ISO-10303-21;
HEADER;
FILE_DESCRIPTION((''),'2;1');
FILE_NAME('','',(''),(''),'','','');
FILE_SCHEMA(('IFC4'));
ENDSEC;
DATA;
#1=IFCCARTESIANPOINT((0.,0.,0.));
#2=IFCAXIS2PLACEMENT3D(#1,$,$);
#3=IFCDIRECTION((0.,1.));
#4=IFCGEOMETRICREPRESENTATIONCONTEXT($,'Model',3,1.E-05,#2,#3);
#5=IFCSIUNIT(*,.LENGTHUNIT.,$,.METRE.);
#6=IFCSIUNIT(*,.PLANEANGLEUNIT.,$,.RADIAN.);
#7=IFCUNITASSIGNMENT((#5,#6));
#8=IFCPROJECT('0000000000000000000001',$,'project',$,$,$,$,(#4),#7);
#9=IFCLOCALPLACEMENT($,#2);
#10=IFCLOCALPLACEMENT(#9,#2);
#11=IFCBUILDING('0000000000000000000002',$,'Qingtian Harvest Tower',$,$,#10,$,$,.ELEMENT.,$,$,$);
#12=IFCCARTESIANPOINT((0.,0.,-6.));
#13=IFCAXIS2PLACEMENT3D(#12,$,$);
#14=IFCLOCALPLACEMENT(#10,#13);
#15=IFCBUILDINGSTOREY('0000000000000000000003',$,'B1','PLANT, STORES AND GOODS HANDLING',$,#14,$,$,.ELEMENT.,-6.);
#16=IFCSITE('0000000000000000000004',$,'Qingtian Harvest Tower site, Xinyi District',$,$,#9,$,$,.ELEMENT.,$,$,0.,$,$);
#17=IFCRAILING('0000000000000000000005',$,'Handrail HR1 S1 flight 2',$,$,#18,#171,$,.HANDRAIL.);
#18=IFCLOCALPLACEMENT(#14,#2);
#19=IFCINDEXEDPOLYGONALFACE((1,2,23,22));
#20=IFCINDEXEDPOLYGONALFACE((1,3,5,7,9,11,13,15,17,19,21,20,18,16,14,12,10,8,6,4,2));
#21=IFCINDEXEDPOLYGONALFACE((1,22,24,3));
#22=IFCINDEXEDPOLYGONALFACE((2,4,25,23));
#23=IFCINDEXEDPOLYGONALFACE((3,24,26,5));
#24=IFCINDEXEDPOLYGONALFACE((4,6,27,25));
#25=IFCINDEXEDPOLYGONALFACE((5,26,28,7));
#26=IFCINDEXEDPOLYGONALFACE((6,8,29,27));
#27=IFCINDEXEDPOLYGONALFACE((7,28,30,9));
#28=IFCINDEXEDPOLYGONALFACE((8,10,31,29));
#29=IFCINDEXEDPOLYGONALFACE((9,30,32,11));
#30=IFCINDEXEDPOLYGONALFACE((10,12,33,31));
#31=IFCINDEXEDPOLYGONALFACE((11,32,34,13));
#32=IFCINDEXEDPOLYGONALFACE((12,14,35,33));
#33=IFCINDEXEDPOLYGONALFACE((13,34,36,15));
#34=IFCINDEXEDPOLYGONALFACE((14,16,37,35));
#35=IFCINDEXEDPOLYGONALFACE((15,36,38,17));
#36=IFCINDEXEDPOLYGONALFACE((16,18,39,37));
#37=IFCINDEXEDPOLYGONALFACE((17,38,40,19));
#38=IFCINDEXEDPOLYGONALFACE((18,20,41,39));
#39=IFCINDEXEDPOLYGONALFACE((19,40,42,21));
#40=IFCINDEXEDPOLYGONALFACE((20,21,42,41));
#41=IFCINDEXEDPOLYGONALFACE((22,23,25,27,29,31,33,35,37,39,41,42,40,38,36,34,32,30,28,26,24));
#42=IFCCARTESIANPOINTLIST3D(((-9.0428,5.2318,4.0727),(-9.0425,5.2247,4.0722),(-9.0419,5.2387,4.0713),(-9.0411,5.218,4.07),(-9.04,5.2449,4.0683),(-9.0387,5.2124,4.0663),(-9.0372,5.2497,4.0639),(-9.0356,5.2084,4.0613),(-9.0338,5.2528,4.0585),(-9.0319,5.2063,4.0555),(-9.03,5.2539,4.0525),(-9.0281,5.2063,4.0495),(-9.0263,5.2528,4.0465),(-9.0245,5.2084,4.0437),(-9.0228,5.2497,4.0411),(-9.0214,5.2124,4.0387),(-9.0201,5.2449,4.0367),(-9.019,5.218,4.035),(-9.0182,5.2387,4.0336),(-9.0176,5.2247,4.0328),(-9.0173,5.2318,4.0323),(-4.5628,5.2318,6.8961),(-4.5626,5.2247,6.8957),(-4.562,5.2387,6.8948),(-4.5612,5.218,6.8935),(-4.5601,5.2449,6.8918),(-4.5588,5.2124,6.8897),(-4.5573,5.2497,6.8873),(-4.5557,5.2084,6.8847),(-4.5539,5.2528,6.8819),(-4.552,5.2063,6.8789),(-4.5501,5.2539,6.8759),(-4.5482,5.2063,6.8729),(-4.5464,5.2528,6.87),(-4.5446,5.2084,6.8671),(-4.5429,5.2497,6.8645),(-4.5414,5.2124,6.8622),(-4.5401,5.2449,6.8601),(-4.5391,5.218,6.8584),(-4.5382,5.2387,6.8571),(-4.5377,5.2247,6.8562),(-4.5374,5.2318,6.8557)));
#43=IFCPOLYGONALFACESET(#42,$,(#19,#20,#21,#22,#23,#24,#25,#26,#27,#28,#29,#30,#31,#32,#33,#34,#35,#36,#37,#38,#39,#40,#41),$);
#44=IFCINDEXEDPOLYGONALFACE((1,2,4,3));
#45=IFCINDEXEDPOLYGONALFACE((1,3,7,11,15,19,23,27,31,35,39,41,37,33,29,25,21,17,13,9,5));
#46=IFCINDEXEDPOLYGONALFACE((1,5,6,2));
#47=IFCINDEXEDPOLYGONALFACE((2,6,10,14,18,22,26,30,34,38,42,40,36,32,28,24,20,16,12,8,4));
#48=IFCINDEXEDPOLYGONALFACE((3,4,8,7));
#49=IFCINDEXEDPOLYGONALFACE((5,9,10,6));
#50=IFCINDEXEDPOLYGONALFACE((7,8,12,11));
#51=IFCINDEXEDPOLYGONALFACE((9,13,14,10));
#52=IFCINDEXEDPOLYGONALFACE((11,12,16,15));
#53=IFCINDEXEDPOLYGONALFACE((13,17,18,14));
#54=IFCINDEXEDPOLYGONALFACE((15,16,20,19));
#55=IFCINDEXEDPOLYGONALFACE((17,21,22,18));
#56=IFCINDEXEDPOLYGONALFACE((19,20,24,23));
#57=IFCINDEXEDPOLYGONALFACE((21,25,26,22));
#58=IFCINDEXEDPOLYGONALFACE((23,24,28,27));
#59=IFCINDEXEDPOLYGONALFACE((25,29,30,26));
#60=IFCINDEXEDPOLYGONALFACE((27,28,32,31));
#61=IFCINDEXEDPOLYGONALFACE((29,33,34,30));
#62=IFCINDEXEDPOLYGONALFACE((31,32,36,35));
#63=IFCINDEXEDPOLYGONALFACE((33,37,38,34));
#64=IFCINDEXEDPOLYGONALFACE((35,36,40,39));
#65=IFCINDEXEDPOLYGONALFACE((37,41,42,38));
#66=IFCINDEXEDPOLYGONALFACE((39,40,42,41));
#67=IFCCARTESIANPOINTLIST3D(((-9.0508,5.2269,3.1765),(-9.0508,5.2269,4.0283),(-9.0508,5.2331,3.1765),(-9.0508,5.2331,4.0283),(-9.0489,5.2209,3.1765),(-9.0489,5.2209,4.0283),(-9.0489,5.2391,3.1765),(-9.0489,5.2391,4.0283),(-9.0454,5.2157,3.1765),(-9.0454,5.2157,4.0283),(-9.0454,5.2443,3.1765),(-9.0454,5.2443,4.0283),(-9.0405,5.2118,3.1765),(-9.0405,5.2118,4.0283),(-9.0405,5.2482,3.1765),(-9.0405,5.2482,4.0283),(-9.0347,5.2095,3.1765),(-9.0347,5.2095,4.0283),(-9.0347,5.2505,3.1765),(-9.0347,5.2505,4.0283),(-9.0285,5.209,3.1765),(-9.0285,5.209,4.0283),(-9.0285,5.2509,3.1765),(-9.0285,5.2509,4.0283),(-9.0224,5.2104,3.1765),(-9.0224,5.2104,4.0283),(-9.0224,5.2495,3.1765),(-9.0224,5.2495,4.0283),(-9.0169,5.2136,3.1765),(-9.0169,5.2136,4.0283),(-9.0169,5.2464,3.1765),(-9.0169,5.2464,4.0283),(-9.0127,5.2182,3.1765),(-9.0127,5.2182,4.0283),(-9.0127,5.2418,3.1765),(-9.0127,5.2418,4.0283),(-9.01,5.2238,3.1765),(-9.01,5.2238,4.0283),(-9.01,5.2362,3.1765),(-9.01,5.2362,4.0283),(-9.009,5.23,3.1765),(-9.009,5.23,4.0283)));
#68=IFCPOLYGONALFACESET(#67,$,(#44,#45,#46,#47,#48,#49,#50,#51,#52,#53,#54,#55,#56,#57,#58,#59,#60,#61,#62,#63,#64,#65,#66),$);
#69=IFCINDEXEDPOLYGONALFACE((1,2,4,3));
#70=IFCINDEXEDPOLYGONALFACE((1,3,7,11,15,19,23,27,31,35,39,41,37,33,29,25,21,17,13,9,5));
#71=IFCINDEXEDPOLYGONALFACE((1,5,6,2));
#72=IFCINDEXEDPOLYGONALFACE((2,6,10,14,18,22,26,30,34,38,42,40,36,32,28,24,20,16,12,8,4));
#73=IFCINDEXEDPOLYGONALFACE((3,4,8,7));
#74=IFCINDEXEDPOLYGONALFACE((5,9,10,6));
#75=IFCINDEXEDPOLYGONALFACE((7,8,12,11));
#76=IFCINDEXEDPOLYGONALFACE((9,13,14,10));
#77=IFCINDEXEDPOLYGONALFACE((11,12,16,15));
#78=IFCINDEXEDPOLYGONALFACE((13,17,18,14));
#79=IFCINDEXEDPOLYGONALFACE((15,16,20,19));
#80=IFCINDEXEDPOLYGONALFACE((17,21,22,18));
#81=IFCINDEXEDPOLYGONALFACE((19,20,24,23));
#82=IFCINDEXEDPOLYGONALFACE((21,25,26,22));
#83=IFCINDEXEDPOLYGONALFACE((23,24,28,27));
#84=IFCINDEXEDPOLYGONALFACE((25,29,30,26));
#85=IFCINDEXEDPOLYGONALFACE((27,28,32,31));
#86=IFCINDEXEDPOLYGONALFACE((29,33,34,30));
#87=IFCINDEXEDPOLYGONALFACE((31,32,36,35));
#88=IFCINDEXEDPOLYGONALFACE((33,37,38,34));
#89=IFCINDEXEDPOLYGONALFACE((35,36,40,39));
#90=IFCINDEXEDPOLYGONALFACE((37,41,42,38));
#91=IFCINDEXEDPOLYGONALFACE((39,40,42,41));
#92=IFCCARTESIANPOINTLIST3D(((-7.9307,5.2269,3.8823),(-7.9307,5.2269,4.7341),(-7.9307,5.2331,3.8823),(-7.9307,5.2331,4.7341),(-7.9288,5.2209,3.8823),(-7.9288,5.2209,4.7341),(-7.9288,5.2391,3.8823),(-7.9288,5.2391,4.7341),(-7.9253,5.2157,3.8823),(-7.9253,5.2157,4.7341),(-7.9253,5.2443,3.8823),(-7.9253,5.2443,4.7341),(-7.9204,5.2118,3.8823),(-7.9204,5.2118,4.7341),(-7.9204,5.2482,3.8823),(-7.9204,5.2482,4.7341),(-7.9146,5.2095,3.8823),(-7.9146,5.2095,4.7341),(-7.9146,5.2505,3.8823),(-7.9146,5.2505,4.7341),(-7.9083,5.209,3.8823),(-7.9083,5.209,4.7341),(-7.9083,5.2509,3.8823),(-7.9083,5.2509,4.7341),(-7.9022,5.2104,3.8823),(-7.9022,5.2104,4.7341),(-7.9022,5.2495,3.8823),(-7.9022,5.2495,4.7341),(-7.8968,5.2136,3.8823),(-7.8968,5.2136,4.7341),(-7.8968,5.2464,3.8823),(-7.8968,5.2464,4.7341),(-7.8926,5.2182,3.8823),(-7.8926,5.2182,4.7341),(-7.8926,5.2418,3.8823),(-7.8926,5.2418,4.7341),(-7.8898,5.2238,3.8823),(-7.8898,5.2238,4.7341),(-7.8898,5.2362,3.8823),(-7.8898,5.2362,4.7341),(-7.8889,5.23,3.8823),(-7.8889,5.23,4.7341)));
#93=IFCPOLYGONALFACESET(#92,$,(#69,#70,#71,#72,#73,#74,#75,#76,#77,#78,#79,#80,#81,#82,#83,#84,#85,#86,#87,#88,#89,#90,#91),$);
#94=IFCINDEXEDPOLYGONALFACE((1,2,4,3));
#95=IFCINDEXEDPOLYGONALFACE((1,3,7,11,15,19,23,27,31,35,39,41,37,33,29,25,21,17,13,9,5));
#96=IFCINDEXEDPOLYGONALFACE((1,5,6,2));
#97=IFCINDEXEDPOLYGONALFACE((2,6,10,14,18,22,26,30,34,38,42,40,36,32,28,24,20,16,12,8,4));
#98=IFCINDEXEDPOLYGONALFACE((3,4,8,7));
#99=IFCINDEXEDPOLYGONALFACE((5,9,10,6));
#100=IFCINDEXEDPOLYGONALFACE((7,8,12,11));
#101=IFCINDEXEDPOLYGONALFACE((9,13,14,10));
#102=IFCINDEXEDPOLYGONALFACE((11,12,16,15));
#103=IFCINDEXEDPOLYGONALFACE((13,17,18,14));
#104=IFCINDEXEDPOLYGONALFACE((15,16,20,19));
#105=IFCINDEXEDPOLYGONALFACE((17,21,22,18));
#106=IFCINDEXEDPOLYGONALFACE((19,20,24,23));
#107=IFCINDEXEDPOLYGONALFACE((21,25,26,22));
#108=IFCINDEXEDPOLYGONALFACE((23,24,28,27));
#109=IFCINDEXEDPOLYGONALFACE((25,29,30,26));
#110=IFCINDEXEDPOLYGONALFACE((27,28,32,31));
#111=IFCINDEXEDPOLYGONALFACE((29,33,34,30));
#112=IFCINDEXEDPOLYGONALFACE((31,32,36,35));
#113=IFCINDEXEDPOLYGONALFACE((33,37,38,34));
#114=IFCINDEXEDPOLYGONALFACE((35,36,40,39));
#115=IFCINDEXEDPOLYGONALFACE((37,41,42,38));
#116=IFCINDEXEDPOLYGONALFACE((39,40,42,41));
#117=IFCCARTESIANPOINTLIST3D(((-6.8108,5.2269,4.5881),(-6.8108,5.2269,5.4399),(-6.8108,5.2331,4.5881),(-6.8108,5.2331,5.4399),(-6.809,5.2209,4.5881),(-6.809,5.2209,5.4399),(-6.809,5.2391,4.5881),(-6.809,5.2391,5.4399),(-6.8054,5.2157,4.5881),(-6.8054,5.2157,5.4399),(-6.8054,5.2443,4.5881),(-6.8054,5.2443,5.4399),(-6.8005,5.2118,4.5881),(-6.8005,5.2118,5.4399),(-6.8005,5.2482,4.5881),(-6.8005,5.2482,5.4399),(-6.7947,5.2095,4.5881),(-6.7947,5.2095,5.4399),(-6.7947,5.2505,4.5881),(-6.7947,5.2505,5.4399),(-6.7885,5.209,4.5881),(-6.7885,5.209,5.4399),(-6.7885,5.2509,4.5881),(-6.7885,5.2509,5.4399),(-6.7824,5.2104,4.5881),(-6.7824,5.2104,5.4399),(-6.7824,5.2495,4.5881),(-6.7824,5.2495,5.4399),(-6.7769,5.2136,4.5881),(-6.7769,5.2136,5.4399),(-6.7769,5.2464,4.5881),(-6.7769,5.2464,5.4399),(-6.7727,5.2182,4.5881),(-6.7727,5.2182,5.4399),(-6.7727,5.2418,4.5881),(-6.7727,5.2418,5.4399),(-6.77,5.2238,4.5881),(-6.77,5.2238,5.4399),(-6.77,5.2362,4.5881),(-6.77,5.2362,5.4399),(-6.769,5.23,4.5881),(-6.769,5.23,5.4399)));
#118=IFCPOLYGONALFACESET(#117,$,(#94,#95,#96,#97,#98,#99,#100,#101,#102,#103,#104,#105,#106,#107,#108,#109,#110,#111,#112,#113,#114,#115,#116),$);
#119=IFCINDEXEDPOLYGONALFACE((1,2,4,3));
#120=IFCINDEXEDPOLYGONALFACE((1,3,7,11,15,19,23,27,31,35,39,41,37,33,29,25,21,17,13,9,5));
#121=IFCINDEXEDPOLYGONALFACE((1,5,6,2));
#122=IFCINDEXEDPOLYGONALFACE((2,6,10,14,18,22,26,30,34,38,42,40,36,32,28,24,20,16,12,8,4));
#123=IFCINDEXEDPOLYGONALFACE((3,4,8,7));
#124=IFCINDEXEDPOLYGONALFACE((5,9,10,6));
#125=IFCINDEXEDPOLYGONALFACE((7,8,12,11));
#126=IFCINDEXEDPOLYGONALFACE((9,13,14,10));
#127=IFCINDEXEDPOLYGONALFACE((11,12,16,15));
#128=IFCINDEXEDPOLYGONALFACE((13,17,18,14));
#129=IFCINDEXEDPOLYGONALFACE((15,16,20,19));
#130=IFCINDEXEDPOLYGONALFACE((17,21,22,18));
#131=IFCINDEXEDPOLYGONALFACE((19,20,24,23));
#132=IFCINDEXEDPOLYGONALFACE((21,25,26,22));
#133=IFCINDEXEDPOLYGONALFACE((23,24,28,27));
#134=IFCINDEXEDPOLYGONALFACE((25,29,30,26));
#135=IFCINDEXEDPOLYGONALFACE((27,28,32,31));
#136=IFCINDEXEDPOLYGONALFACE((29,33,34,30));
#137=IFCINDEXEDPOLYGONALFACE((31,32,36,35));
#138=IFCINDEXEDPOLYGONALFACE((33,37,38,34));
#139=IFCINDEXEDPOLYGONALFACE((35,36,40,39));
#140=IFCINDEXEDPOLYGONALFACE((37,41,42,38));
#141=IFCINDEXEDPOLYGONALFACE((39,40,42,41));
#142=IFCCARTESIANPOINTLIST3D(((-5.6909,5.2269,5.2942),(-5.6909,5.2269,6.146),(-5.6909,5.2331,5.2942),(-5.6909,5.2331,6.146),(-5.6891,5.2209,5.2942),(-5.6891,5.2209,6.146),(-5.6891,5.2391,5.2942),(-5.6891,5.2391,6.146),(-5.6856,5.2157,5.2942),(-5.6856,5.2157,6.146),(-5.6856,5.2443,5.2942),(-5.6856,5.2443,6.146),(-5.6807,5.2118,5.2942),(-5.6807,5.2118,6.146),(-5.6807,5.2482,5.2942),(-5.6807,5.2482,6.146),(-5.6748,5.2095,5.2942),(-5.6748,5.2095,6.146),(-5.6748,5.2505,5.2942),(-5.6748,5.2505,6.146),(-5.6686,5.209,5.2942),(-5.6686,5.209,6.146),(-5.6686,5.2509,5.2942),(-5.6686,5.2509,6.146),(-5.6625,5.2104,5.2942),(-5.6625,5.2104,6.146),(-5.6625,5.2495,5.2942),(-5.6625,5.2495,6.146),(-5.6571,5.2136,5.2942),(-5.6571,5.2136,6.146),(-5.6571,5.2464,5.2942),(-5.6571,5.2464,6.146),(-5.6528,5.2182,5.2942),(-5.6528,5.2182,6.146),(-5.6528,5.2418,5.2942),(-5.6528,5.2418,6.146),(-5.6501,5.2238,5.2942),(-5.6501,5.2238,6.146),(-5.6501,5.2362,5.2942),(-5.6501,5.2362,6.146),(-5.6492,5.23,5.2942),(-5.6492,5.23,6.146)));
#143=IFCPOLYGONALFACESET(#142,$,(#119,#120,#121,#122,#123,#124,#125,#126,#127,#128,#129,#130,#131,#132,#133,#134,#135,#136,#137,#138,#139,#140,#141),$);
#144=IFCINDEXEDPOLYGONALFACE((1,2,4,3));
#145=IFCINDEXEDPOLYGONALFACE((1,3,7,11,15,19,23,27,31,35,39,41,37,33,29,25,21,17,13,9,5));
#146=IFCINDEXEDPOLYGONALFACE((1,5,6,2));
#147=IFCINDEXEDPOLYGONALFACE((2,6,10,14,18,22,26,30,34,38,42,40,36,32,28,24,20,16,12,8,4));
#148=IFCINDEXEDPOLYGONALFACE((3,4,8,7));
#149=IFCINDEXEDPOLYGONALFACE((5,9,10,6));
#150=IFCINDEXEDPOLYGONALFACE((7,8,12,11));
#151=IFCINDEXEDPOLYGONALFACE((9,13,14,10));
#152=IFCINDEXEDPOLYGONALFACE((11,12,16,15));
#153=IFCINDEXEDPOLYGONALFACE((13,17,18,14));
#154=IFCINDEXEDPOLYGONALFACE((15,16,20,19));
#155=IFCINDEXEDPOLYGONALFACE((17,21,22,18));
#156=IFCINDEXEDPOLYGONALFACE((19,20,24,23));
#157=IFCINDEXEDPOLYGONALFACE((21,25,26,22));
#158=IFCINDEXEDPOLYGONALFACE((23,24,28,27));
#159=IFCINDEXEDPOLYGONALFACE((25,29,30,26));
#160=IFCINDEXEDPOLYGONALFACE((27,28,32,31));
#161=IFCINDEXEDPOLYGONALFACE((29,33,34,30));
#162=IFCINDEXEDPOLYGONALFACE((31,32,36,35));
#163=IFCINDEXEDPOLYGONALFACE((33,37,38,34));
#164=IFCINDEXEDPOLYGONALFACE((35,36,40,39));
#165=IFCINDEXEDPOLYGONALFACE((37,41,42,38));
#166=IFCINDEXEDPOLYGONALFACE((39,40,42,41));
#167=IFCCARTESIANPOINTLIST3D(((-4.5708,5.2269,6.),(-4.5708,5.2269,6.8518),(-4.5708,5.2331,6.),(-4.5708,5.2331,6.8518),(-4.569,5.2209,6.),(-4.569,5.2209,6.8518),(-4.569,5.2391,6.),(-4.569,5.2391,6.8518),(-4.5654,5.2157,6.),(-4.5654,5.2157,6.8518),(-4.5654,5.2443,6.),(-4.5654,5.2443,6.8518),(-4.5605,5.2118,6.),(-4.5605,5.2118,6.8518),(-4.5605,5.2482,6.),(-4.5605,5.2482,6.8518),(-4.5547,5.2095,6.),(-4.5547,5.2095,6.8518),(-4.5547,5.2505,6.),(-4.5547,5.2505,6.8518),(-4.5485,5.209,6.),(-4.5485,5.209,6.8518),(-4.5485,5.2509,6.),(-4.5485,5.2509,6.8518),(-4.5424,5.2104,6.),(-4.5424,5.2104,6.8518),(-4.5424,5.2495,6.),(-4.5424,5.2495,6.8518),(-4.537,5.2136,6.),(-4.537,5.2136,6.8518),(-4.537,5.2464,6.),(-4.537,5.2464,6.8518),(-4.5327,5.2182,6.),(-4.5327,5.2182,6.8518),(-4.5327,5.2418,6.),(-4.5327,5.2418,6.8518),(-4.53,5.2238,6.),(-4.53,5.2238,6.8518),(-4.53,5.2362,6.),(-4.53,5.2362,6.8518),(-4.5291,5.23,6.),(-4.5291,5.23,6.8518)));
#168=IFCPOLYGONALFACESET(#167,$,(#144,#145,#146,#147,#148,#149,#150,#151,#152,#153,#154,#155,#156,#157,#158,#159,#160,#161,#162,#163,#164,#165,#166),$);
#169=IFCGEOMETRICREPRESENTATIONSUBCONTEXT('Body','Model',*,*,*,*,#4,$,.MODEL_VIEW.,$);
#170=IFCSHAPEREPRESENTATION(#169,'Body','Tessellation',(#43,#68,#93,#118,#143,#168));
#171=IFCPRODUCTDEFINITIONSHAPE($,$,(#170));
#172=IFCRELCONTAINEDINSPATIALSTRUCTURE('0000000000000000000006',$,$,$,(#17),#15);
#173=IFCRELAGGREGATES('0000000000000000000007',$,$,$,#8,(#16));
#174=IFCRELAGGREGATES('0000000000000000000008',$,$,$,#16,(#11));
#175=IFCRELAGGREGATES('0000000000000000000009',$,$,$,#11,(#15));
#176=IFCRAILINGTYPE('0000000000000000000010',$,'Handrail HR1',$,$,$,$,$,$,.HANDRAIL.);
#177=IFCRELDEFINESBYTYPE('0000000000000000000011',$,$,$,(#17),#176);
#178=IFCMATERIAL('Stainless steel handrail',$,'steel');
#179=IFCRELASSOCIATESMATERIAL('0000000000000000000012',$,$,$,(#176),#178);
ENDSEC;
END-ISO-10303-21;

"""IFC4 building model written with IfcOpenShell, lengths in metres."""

from ifc_helpers import new_model, si_unit, direction, frame, origin, origin_2d, place, context, subcontext, project, spatial, circle, extrude, material, type_object, element, save


model = new_model("IFC4")

# Units and contexts
model_context = context("Model", 3, precision=1e-05, world=origin(), true_north=direction((0.0, 1.0)))
body_context = subcontext(model_context, "Body", "Model", "MODEL_VIEW")
ifc_project = project(units=[si_unit("LENGTHUNIT", "METRE"), si_unit("PLANEANGLEUNIT", "RADIAN")], contexts=[model_context])

# Site, building, storey
site_placement = place(None, origin())
site = spatial("IfcSite", under=ifc_project, at=site_placement, Name="Qingtian Harvest Tower site, Xinyi District", CompositionType="ELEMENT", RefElevation=0.0)
building_placement = place(site_placement, origin())
building = spatial("IfcBuilding", under=site, at=building_placement, Name="Qingtian Harvest Tower", CompositionType="ELEMENT")
storey_placement = place(building_placement, frame((0.0, 0.0, -6.0)))
storey = spatial("IfcBuildingStorey", under=building, at=storey_placement, Name="B1", Description="PLANT, STORES AND GOODS HANDLING", CompositionType="ELEMENT", Elevation=-6.0)

# Railing
ifc_material_1 = material(Name="Stainless steel handrail", Category="steel")
railing_type = type_object("IfcRailingType", Name="Handrail HR1", PredefinedType="HANDRAIL", material=ifc_material_1)
railing_1_placement = place(storey_placement, frame((-9.03, 5.23, 3.1765)))
element("IfcRailing", 1, at=railing_1_placement, inside=storey, type_object=railing_type, Name="Handrail HR1 S1 flight 2", PredefinedType="HANDRAIL", context=body_context, shape_type="SweptSolid", body=[
    extrude(circle(Radius=0.0239, at=origin_2d()), frame((0.0, 0.0, 0.876), z_axis=(0.845998, 0.0, 0.533186), x_axis=(0.0, 1.0, 0.0)), (0.0, 0.0, 1.0), 5.2954),
    extrude(circle(Radius=0.021, at=origin_2d()), origin(), (0.0, 0.0, 1.0), 0.8518),
    extrude(circle(Radius=0.021, at=origin_2d()), frame((1.1201, 0.0, 0.7058)), (0.0, 0.0, 1.0), 0.8518),
    extrude(circle(Radius=0.021, at=origin_2d()), frame((2.24, 0.0, 1.4116)), (0.0, 0.0, 1.0), 0.8518),
    extrude(circle(Radius=0.021, at=origin_2d()), frame((3.3599, 0.0, 2.1177)), (0.0, 0.0, 1.0), 0.8518),
    extrude(circle(Radius=0.021, at=origin_2d()), frame((4.48, 0.0, 2.8235)), (0.0, 0.0, 1.0), 0.8518),
])

save(model, "model.ifc")
